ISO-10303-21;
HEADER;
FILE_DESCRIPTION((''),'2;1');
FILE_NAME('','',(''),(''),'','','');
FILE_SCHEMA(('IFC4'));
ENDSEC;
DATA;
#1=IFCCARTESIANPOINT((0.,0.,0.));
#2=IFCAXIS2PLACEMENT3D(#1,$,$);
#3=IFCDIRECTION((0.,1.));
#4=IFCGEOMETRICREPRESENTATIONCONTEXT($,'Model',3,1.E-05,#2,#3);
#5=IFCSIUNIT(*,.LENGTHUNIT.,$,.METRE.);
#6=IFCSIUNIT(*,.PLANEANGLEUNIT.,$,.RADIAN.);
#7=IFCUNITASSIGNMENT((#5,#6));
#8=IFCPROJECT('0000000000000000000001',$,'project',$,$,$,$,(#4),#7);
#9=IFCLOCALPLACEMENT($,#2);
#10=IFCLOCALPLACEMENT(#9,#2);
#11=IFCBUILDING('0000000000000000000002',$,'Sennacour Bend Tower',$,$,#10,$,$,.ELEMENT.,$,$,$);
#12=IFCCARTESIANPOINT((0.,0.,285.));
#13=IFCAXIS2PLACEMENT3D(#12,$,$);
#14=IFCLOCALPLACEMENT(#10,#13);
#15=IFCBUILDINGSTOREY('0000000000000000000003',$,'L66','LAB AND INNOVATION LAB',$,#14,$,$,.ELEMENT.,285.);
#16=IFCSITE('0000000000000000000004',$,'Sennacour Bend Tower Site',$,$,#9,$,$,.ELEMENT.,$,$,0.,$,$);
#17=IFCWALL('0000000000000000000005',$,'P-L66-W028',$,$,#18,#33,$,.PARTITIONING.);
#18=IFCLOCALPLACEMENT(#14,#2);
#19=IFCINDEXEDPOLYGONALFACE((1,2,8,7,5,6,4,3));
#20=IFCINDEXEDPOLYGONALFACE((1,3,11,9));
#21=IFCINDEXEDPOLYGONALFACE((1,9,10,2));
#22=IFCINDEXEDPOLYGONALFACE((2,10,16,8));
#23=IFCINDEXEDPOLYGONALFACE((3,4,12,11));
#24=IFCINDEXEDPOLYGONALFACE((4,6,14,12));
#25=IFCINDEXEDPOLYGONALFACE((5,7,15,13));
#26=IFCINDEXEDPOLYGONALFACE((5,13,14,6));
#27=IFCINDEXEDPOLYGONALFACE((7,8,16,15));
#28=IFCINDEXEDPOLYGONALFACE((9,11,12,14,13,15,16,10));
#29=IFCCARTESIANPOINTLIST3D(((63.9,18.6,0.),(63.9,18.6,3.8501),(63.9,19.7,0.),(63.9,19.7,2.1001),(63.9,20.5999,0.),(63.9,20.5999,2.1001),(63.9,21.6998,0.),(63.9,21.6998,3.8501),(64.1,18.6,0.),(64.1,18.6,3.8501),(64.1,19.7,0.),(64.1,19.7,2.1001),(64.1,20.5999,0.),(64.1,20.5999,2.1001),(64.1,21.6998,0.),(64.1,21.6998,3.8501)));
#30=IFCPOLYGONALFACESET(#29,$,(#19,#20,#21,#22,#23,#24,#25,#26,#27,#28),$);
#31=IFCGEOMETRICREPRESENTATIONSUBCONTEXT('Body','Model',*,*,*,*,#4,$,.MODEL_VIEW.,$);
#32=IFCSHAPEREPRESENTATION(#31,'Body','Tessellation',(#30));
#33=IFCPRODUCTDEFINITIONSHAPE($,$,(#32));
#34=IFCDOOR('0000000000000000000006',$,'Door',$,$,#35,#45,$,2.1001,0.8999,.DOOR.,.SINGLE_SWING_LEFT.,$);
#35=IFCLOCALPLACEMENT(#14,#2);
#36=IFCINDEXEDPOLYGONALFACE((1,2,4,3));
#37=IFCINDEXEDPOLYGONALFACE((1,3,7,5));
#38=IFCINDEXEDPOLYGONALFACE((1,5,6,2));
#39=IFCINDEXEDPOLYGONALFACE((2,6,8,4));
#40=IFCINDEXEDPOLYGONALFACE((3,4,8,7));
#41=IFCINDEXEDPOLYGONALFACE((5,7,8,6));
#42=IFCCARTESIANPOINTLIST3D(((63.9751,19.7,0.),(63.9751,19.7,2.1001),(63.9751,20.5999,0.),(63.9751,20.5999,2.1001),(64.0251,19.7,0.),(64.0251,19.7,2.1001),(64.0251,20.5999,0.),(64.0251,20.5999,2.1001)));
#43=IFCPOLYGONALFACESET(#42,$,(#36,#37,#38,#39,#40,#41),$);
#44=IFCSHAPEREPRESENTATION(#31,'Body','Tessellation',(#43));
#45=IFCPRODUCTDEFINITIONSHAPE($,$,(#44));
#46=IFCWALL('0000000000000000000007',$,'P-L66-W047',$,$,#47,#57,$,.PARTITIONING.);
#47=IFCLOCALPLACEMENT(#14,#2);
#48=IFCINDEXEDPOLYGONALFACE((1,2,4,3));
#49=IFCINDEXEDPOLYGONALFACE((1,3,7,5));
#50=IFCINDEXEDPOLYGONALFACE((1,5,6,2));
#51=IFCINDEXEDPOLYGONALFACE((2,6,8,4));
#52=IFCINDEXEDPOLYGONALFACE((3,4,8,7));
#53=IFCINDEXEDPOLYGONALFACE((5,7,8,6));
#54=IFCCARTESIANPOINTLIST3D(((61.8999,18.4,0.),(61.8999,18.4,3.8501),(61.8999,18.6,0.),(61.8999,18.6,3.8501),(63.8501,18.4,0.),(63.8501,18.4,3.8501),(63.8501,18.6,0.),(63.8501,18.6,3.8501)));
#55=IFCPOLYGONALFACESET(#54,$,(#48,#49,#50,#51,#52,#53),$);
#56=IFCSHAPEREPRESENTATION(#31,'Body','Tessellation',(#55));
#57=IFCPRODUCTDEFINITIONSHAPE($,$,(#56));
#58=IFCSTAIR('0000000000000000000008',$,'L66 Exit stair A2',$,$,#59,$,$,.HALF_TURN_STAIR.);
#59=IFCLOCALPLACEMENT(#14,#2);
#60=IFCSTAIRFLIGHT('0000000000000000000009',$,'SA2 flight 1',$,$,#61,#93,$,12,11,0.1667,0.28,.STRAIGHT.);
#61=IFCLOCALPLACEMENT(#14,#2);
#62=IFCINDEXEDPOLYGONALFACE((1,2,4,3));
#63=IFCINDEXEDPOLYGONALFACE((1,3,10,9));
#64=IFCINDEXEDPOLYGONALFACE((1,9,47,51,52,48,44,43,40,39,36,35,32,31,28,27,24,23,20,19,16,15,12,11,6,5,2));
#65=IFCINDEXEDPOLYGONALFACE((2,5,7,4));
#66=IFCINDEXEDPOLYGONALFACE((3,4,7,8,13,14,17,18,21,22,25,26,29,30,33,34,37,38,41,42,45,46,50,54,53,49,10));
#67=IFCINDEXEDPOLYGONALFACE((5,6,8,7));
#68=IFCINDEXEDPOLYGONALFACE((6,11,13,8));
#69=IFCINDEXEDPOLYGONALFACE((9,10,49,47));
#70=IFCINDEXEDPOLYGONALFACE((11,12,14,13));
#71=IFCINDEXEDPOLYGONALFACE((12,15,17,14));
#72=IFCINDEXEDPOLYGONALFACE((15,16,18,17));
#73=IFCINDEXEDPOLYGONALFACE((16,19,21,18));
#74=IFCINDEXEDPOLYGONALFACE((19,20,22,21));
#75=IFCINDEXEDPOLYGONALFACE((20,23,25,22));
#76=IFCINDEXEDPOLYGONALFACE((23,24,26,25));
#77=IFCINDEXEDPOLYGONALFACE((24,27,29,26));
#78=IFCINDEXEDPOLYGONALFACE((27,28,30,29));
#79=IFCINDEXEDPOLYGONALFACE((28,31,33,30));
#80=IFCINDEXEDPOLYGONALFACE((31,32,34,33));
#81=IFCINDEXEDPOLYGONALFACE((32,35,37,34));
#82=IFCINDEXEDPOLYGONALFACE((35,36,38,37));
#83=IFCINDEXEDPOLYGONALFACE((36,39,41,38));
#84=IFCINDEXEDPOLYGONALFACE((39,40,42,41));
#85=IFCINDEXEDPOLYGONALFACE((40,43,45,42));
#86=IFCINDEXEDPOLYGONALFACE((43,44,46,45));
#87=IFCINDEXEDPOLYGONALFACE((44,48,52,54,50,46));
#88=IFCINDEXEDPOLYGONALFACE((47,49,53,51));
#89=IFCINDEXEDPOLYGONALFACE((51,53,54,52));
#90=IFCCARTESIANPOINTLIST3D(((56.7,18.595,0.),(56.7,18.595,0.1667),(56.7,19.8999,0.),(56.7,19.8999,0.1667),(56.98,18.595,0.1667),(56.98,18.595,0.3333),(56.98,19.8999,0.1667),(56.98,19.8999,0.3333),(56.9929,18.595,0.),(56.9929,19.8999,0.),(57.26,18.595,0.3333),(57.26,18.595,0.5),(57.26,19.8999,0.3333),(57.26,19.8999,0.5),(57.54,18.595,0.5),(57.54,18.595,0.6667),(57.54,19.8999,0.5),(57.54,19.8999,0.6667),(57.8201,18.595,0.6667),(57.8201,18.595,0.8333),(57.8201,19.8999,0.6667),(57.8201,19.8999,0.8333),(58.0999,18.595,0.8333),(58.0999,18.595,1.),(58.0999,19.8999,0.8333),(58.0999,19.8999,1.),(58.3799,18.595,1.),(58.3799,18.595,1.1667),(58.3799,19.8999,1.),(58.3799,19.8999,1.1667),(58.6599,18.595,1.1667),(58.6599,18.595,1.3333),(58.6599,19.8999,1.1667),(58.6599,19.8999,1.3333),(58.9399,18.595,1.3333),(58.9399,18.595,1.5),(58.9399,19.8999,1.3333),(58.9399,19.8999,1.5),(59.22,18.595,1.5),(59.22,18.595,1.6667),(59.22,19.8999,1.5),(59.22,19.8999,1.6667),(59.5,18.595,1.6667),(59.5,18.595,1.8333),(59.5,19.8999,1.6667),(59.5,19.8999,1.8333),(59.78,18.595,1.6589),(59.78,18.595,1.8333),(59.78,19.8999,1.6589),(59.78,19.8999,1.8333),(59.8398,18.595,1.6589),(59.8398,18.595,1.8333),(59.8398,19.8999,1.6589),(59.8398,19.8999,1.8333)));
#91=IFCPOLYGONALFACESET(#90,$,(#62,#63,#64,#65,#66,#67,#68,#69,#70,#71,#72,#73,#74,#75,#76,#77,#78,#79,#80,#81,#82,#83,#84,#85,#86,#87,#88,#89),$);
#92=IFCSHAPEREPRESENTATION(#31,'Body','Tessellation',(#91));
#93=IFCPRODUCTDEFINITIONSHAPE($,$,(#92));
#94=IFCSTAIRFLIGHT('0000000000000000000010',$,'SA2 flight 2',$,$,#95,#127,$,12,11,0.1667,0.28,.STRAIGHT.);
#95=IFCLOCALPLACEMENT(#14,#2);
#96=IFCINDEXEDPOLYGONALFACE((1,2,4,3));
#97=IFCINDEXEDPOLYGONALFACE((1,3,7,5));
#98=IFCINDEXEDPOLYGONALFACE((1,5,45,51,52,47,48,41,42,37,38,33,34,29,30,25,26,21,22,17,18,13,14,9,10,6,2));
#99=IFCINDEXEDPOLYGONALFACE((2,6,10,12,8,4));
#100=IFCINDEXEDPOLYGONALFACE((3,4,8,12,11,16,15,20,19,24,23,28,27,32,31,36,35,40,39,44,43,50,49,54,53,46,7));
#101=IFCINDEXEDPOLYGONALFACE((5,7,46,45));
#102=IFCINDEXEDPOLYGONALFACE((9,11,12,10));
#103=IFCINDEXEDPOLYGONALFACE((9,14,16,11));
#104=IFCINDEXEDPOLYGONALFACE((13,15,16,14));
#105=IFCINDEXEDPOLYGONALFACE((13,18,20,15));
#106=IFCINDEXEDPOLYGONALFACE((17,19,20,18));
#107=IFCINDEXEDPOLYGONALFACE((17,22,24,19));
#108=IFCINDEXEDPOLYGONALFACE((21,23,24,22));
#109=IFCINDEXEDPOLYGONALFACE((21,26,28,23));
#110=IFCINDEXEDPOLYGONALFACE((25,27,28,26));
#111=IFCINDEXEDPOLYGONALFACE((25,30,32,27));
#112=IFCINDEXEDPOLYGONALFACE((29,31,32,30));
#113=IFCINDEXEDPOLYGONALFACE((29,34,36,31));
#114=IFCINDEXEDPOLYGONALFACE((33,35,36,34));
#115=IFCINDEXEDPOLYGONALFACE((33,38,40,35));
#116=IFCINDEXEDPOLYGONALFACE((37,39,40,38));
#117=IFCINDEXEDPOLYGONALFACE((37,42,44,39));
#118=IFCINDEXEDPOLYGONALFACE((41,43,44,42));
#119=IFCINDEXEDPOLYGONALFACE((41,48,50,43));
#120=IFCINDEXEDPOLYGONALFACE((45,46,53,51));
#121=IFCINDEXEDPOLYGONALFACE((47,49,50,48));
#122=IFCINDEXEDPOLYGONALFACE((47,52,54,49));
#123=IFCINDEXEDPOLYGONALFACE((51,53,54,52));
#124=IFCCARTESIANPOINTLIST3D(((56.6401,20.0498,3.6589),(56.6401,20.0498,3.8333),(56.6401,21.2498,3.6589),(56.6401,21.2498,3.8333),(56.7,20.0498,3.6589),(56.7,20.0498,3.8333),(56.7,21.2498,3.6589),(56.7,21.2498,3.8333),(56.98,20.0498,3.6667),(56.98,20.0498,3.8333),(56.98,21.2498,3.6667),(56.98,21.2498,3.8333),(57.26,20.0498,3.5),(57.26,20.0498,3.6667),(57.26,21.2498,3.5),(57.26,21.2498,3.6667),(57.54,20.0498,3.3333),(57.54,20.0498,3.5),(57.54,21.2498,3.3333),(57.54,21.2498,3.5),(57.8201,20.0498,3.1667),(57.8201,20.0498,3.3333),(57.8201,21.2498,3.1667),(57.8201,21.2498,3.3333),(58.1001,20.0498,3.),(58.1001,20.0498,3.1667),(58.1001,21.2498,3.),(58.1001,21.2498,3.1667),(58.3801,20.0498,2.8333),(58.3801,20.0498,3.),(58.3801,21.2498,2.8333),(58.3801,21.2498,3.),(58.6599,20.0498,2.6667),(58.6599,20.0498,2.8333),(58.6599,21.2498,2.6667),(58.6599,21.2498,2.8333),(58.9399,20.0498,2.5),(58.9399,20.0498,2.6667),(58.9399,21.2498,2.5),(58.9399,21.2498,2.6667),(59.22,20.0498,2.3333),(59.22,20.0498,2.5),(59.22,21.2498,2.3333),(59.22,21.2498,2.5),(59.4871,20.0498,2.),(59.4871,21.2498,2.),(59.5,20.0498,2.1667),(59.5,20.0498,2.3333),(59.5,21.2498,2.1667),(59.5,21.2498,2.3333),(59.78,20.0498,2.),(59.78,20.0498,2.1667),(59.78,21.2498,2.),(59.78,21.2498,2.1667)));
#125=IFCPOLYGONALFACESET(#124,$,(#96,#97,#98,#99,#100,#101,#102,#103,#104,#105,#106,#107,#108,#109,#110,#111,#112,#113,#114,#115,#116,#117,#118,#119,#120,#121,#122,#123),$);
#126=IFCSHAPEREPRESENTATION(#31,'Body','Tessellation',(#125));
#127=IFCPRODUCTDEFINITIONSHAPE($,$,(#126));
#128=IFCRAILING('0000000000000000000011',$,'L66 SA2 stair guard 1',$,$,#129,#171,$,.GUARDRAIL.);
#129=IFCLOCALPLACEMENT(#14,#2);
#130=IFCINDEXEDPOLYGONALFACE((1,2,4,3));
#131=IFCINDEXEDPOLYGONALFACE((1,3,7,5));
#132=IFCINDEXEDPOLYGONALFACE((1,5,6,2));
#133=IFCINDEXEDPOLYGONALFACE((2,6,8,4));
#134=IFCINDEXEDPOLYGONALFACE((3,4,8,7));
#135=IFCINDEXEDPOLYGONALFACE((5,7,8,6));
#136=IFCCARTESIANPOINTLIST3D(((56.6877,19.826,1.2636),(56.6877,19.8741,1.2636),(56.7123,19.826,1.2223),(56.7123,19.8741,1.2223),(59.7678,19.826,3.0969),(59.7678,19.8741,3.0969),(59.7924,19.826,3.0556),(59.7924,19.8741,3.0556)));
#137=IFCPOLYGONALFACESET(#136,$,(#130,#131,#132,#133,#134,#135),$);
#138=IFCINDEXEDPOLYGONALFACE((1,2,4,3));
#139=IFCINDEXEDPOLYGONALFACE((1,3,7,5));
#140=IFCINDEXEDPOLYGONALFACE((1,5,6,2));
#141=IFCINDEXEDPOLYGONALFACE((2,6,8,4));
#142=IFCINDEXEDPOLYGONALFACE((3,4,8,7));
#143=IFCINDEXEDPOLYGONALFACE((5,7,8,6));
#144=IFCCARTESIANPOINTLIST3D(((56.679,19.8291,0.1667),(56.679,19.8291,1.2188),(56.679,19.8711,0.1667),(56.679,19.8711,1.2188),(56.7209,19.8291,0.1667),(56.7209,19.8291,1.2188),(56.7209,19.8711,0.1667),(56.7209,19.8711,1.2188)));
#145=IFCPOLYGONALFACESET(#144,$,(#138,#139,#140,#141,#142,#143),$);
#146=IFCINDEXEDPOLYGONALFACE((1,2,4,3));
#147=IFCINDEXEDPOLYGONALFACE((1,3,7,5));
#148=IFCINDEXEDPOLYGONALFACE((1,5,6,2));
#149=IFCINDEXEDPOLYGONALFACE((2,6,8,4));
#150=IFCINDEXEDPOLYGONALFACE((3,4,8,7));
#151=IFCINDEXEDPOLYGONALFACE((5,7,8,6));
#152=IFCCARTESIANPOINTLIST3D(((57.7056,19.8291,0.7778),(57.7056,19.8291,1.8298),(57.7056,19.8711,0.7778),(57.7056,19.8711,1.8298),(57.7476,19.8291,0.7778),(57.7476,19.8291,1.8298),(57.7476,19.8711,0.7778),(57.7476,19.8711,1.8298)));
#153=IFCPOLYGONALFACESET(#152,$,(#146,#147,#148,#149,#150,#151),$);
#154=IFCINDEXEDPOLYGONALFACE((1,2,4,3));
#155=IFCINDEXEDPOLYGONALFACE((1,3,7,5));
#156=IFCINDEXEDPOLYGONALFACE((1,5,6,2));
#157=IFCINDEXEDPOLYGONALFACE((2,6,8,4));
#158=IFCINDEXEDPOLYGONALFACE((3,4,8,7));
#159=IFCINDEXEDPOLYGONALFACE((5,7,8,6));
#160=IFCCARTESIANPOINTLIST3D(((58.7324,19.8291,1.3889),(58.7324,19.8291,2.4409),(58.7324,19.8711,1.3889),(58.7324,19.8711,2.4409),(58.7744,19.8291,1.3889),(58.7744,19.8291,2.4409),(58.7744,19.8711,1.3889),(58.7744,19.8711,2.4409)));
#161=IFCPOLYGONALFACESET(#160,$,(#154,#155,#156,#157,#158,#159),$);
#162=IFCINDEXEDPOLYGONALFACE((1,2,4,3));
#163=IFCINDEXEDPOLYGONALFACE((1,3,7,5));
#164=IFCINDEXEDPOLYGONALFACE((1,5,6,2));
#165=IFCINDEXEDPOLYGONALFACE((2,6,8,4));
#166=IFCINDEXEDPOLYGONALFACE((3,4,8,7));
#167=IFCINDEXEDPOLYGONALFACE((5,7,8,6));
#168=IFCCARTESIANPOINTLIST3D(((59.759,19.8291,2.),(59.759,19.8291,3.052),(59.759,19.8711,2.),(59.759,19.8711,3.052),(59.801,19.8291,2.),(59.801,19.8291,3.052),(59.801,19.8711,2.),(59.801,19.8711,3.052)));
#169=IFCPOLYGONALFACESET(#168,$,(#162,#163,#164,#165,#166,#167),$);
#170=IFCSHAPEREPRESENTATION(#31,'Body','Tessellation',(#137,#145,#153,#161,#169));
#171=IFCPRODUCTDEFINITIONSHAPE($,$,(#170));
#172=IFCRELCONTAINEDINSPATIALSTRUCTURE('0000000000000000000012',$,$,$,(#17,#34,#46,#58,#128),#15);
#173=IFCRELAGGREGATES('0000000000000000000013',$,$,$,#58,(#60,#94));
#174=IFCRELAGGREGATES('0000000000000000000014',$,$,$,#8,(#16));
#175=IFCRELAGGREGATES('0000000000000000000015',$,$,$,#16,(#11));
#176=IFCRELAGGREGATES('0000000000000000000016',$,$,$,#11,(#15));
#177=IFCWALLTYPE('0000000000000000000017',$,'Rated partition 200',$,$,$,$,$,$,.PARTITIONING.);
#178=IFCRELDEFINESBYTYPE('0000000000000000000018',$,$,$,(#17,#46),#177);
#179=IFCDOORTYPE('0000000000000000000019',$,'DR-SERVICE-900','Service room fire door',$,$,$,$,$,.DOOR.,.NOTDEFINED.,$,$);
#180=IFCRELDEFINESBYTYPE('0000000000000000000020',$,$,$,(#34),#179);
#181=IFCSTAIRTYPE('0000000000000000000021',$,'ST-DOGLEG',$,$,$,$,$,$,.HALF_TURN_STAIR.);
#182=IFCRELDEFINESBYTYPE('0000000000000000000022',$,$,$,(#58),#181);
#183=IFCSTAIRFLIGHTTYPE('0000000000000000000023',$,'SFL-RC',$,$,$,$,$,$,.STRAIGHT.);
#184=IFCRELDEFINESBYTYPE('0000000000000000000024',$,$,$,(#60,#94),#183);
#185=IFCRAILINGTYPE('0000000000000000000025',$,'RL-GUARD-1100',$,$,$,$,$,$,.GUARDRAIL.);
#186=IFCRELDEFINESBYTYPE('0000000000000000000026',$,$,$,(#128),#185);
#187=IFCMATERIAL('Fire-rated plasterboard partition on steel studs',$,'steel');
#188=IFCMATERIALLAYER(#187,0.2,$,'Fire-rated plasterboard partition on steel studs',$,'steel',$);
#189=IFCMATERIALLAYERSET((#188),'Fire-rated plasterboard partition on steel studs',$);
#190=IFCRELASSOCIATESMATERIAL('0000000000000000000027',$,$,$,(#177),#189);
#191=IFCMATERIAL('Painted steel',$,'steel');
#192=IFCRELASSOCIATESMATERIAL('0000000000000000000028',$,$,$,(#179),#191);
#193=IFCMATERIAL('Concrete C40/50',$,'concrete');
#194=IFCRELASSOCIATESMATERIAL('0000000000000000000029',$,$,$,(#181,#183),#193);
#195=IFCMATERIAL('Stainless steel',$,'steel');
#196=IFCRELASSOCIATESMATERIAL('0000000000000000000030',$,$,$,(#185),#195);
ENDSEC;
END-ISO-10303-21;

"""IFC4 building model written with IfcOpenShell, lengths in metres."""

from ifc_helpers import new_model, si_unit, direction, frame, frame_2d, origin, origin_2d, place, context, subcontext, project, spatial, polyline, rectangle, outline, extrude, material, layer, layer_set, type_object, element, fill, aggregate, save


model = new_model("IFC4")

# Units and contexts
model_context = context("Model", 3, precision=1e-05, world=origin(), true_north=direction((0.0, 1.0)))
body_context = subcontext(model_context, "Body", "Model", "MODEL_VIEW")
ifc_project = project(units=[si_unit("LENGTHUNIT", "METRE"), si_unit("PLANEANGLEUNIT", "RADIAN")], contexts=[model_context])

# Site, building, storey
site_placement = place(None, origin())
site = spatial("IfcSite", under=ifc_project, at=site_placement, Name="Sennacour Bend Tower Site", CompositionType="ELEMENT", RefElevation=0.0)
building_placement = place(site_placement, origin())
building = spatial("IfcBuilding", under=site, at=building_placement, Name="Sennacour Bend Tower", CompositionType="ELEMENT")
storey_placement = place(building_placement, frame((0.0, 0.0, 285.0)))
storey = spatial("IfcBuildingStorey", under=building, at=storey_placement, Name="L66", Description="LAB AND INNOVATION LAB", CompositionType="ELEMENT", Elevation=285.0)

# Wall, opening, door
ifc_material_1 = material(Name="Fire-rated plasterboard partition on steel studs", Category="steel")
ifc_layer = layer(ifc_material_1, 0.2, Name="Fire-rated plasterboard partition on steel studs", Category="steel")
ifc_layer_set = layer_set([ifc_layer], Name="Fire-rated plasterboard partition on steel studs")
wall_type = type_object("IfcWallType", Name="Rated partition 200", PredefinedType="PARTITIONING", material=ifc_layer_set)
wall_1_placement = place(storey_placement, frame((64.0, 18.6001, 0.0), z_axis=(0.0, 0.0, 1.0), x_axis=(0.0, 1.0, 0.0)))
wall_1 = element("IfcWall", 1, at=wall_1_placement, inside=storey, type_object=wall_type, Name="P-L66-W028", PredefinedType="PARTITIONING", context=body_context, shape_type="SweptSolid", body=[
    extrude(rectangle(XDim=3.0999, YDim=0.2, at=frame_2d((1.5498, 0.0))), origin(), (0.0, 0.0, 1.0), 3.8501),
])
opening_placement = place(wall_1_placement, frame((1.0999, 0.0, 0.0)))
opening = element("IfcOpeningElement", 2, at=opening_placement, cuts=wall_1, PredefinedType="OPENING", context=body_context, shape_type="SweptSolid", body=[
    extrude(rectangle(XDim=0.8999, YDim=2.1001, at=frame_2d((0.45, 1.05))), frame((0.0, 0.1099, 0.0), z_axis=(0.0, -1.0, 0.0), x_axis=(1.0, 0.0, 0.0)), (0.0, 0.0, 1.0), 0.22),
])
ifc_material_2 = material(Name="Painted steel", Category="steel")
door_type = type_object("IfcDoorType", Name="DR-SERVICE-900", Description="Service room fire door", OperationType="NOTDEFINED", PredefinedType="DOOR", material=ifc_material_2)
door_placement = place(opening_placement, origin())
door = element("IfcDoor", 3, at=door_placement, inside=storey, type_object=door_type, Name="Door", OperationType="SINGLE_SWING_LEFT", OverallHeight=2.1001, OverallWidth=0.8999, PredefinedType="DOOR", context=body_context, shape_type="SweptSolid", body=[
    extrude(rectangle(XDim=0.8999, YDim=2.1001, at=frame_2d((0.45, 1.05))), frame((0.0, 0.0249, 0.0), z_axis=(0.0, -1.0, 0.0), x_axis=(1.0, 0.0, 0.0)), (0.0, 0.0, 1.0), 0.05),
])
fill(opening, door)

# Wall
wall_2_placement = place(storey_placement, frame((61.8999, 18.5, 0.0), z_axis=(0.0, 0.0, 1.0), x_axis=(1.0, 0.0, 0.0)))
element("IfcWall", 4, at=wall_2_placement, inside=storey, type_object=wall_type, Name="P-L66-W047", PredefinedType="PARTITIONING", context=body_context, shape_type="SweptSolid", body=[
    extrude(rectangle(XDim=1.9502, YDim=0.2, at=frame_2d((0.9751, 0.0))), origin(), (0.0, 0.0, 1.0), 3.8501),
])

# Stair, stair flights
ifc_material_3 = material(Name="Concrete C40/50", Category="concrete")
stair_type = type_object("IfcStairType", Name="ST-DOGLEG", PredefinedType="HALF_TURN_STAIR", material=ifc_material_3)
stair_placement = place(storey_placement, origin())
stair = element("IfcStair", 5, at=stair_placement, inside=storey, type_object=stair_type, Name="L66 Exit stair A2", PredefinedType="HALF_TURN_STAIR")
stair_flight_type = type_object("IfcStairFlightType", Name="SFL-RC", PredefinedType="STRAIGHT", material=ifc_material_3)
stair_flight_1_placement = place(storey_placement, frame((56.7, 19.2476, 0.0), z_axis=(0.0, 0.0, 1.0), x_axis=(1.0, 0.0, 0.0)))
stair_flight_1 = element("IfcStairFlight", 6, at=stair_flight_1_placement, type_object=stair_flight_type, Name="SA2 flight 1", NumberOfRisers=12, NumberOfTreads=11, PredefinedType="STRAIGHT", RiserHeight=0.1667, TreadLength=0.28, context=body_context, shape_type="SweptSolid", body=[
    extrude(outline(polyline([(0.0, 0.0), (0.0, 0.1667), (0.28, 0.1667), (0.28, 0.3333), (0.5601, 0.3333), (0.5601, 0.5), (0.8401, 0.5), (0.8401, 0.6667), (1.1201, 0.6667), (1.1201, 0.8333), (1.3999, 0.8333), (1.3999, 1.0), (1.6799, 1.0), (1.6799, 1.1667), (1.96, 1.1667), (1.96, 1.3333), (2.24, 1.3333), (2.24, 1.5), (2.52, 1.5), (2.52, 1.6667), (2.8, 1.6667), (2.8, 1.8333), (3.0801, 1.8333), (3.1399, 1.8333), (3.1399, 1.6589), (3.0801, 1.6589), (0.293, 0.0), (0.0, 0.0)])), frame((0.0, 0.6523, 0.0), z_axis=(0.0, -1.0, 0.0), x_axis=(1.0, 0.0, 0.0)), (0.0, 0.0, 1.0), 1.3049),
])
stair_flight_2_placement = place(storey_placement, frame((59.78, 20.6499, 2.0), z_axis=(0.0, 0.0, 1.0), x_axis=(-1.0, 0.0, 0.0)))
stair_flight_2 = element("IfcStairFlight", 7, at=stair_flight_2_placement, type_object=stair_flight_type, Name="SA2 flight 2", NumberOfRisers=12, NumberOfTreads=11, PredefinedType="STRAIGHT", RiserHeight=0.1667, TreadLength=0.28, context=body_context, shape_type="SweptSolid", body=[
    extrude(outline(polyline([(0.0, 0.0), (0.0, 0.1667), (0.28, 0.1667), (0.28, 0.3333), (0.5601, 0.3333), (0.5601, 0.5), (0.8401, 0.5), (0.8401, 0.6667), (1.1201, 0.6667), (1.1201, 0.8333), (1.3999, 0.8333), (1.3999, 1.0), (1.6799, 1.0), (1.6799, 1.1667), (1.96, 1.1667), (1.96, 1.3333), (2.24, 1.3333), (2.24, 1.5), (2.52, 1.5), (2.52, 1.6667), (2.8, 1.6667), (2.8, 1.8333), (3.0801, 1.8333), (3.1399, 1.8333), (3.1399, 1.6589), (3.0801, 1.6589), (0.293, 0.0), (0.0, 0.0)])), frame((0.0, 0.6001, 0.0), z_axis=(0.0, -1.0, 0.0), x_axis=(1.0, 0.0, 0.0)), (0.0, 0.0, 1.0), 1.2),
])
aggregate(stair, [stair_flight_1, stair_flight_2])

# Railing
ifc_material_4 = material(Name="Stainless steel", Category="steel")
railing_type_1 = type_object("IfcRailingType", Name="RL-GUARD-1100", PredefinedType="GUARDRAIL", material=ifc_material_4)
railing_1_placement = place(storey_placement, frame((56.7, 19.8501, 0.1667)))
element("IfcRailing", 8, at=railing_1_placement, inside=storey, type_object=railing_type_1, Name="L66 SA2 stair guard 1", PredefinedType="GUARDRAIL", context=body_context, shape_type="SweptSolid", body=[
    extrude(rectangle(XDim=0.0481, YDim=0.0481, at=origin_2d()), frame((0.0, 0.0, 1.0762), z_axis=(0.859309, 0.0, 0.511458), x_axis=(0.0, 1.0, 0.0)), (0.0, 0.0, 1.0), 3.5845),
    extrude(rectangle(XDim=0.042, YDim=0.042, at=origin_2d()), origin(), (0.0, 0.0, 1.0), 1.052),
    extrude(rectangle(XDim=0.042, YDim=0.042, at=origin_2d()), frame((1.0266, 0.0, 0.6111)), (0.0, 0.0, 1.0), 1.052),
    extrude(rectangle(XDim=0.042, YDim=0.042, at=origin_2d()), frame((2.0535, 0.0, 1.2222)), (0.0, 0.0, 1.0), 1.052),
    extrude(rectangle(XDim=0.042, YDim=0.042, at=origin_2d()), frame((3.0801, 0.0, 1.8333)), (0.0, 0.0, 1.0), 1.052),
])

save(model, "model.ifc")
